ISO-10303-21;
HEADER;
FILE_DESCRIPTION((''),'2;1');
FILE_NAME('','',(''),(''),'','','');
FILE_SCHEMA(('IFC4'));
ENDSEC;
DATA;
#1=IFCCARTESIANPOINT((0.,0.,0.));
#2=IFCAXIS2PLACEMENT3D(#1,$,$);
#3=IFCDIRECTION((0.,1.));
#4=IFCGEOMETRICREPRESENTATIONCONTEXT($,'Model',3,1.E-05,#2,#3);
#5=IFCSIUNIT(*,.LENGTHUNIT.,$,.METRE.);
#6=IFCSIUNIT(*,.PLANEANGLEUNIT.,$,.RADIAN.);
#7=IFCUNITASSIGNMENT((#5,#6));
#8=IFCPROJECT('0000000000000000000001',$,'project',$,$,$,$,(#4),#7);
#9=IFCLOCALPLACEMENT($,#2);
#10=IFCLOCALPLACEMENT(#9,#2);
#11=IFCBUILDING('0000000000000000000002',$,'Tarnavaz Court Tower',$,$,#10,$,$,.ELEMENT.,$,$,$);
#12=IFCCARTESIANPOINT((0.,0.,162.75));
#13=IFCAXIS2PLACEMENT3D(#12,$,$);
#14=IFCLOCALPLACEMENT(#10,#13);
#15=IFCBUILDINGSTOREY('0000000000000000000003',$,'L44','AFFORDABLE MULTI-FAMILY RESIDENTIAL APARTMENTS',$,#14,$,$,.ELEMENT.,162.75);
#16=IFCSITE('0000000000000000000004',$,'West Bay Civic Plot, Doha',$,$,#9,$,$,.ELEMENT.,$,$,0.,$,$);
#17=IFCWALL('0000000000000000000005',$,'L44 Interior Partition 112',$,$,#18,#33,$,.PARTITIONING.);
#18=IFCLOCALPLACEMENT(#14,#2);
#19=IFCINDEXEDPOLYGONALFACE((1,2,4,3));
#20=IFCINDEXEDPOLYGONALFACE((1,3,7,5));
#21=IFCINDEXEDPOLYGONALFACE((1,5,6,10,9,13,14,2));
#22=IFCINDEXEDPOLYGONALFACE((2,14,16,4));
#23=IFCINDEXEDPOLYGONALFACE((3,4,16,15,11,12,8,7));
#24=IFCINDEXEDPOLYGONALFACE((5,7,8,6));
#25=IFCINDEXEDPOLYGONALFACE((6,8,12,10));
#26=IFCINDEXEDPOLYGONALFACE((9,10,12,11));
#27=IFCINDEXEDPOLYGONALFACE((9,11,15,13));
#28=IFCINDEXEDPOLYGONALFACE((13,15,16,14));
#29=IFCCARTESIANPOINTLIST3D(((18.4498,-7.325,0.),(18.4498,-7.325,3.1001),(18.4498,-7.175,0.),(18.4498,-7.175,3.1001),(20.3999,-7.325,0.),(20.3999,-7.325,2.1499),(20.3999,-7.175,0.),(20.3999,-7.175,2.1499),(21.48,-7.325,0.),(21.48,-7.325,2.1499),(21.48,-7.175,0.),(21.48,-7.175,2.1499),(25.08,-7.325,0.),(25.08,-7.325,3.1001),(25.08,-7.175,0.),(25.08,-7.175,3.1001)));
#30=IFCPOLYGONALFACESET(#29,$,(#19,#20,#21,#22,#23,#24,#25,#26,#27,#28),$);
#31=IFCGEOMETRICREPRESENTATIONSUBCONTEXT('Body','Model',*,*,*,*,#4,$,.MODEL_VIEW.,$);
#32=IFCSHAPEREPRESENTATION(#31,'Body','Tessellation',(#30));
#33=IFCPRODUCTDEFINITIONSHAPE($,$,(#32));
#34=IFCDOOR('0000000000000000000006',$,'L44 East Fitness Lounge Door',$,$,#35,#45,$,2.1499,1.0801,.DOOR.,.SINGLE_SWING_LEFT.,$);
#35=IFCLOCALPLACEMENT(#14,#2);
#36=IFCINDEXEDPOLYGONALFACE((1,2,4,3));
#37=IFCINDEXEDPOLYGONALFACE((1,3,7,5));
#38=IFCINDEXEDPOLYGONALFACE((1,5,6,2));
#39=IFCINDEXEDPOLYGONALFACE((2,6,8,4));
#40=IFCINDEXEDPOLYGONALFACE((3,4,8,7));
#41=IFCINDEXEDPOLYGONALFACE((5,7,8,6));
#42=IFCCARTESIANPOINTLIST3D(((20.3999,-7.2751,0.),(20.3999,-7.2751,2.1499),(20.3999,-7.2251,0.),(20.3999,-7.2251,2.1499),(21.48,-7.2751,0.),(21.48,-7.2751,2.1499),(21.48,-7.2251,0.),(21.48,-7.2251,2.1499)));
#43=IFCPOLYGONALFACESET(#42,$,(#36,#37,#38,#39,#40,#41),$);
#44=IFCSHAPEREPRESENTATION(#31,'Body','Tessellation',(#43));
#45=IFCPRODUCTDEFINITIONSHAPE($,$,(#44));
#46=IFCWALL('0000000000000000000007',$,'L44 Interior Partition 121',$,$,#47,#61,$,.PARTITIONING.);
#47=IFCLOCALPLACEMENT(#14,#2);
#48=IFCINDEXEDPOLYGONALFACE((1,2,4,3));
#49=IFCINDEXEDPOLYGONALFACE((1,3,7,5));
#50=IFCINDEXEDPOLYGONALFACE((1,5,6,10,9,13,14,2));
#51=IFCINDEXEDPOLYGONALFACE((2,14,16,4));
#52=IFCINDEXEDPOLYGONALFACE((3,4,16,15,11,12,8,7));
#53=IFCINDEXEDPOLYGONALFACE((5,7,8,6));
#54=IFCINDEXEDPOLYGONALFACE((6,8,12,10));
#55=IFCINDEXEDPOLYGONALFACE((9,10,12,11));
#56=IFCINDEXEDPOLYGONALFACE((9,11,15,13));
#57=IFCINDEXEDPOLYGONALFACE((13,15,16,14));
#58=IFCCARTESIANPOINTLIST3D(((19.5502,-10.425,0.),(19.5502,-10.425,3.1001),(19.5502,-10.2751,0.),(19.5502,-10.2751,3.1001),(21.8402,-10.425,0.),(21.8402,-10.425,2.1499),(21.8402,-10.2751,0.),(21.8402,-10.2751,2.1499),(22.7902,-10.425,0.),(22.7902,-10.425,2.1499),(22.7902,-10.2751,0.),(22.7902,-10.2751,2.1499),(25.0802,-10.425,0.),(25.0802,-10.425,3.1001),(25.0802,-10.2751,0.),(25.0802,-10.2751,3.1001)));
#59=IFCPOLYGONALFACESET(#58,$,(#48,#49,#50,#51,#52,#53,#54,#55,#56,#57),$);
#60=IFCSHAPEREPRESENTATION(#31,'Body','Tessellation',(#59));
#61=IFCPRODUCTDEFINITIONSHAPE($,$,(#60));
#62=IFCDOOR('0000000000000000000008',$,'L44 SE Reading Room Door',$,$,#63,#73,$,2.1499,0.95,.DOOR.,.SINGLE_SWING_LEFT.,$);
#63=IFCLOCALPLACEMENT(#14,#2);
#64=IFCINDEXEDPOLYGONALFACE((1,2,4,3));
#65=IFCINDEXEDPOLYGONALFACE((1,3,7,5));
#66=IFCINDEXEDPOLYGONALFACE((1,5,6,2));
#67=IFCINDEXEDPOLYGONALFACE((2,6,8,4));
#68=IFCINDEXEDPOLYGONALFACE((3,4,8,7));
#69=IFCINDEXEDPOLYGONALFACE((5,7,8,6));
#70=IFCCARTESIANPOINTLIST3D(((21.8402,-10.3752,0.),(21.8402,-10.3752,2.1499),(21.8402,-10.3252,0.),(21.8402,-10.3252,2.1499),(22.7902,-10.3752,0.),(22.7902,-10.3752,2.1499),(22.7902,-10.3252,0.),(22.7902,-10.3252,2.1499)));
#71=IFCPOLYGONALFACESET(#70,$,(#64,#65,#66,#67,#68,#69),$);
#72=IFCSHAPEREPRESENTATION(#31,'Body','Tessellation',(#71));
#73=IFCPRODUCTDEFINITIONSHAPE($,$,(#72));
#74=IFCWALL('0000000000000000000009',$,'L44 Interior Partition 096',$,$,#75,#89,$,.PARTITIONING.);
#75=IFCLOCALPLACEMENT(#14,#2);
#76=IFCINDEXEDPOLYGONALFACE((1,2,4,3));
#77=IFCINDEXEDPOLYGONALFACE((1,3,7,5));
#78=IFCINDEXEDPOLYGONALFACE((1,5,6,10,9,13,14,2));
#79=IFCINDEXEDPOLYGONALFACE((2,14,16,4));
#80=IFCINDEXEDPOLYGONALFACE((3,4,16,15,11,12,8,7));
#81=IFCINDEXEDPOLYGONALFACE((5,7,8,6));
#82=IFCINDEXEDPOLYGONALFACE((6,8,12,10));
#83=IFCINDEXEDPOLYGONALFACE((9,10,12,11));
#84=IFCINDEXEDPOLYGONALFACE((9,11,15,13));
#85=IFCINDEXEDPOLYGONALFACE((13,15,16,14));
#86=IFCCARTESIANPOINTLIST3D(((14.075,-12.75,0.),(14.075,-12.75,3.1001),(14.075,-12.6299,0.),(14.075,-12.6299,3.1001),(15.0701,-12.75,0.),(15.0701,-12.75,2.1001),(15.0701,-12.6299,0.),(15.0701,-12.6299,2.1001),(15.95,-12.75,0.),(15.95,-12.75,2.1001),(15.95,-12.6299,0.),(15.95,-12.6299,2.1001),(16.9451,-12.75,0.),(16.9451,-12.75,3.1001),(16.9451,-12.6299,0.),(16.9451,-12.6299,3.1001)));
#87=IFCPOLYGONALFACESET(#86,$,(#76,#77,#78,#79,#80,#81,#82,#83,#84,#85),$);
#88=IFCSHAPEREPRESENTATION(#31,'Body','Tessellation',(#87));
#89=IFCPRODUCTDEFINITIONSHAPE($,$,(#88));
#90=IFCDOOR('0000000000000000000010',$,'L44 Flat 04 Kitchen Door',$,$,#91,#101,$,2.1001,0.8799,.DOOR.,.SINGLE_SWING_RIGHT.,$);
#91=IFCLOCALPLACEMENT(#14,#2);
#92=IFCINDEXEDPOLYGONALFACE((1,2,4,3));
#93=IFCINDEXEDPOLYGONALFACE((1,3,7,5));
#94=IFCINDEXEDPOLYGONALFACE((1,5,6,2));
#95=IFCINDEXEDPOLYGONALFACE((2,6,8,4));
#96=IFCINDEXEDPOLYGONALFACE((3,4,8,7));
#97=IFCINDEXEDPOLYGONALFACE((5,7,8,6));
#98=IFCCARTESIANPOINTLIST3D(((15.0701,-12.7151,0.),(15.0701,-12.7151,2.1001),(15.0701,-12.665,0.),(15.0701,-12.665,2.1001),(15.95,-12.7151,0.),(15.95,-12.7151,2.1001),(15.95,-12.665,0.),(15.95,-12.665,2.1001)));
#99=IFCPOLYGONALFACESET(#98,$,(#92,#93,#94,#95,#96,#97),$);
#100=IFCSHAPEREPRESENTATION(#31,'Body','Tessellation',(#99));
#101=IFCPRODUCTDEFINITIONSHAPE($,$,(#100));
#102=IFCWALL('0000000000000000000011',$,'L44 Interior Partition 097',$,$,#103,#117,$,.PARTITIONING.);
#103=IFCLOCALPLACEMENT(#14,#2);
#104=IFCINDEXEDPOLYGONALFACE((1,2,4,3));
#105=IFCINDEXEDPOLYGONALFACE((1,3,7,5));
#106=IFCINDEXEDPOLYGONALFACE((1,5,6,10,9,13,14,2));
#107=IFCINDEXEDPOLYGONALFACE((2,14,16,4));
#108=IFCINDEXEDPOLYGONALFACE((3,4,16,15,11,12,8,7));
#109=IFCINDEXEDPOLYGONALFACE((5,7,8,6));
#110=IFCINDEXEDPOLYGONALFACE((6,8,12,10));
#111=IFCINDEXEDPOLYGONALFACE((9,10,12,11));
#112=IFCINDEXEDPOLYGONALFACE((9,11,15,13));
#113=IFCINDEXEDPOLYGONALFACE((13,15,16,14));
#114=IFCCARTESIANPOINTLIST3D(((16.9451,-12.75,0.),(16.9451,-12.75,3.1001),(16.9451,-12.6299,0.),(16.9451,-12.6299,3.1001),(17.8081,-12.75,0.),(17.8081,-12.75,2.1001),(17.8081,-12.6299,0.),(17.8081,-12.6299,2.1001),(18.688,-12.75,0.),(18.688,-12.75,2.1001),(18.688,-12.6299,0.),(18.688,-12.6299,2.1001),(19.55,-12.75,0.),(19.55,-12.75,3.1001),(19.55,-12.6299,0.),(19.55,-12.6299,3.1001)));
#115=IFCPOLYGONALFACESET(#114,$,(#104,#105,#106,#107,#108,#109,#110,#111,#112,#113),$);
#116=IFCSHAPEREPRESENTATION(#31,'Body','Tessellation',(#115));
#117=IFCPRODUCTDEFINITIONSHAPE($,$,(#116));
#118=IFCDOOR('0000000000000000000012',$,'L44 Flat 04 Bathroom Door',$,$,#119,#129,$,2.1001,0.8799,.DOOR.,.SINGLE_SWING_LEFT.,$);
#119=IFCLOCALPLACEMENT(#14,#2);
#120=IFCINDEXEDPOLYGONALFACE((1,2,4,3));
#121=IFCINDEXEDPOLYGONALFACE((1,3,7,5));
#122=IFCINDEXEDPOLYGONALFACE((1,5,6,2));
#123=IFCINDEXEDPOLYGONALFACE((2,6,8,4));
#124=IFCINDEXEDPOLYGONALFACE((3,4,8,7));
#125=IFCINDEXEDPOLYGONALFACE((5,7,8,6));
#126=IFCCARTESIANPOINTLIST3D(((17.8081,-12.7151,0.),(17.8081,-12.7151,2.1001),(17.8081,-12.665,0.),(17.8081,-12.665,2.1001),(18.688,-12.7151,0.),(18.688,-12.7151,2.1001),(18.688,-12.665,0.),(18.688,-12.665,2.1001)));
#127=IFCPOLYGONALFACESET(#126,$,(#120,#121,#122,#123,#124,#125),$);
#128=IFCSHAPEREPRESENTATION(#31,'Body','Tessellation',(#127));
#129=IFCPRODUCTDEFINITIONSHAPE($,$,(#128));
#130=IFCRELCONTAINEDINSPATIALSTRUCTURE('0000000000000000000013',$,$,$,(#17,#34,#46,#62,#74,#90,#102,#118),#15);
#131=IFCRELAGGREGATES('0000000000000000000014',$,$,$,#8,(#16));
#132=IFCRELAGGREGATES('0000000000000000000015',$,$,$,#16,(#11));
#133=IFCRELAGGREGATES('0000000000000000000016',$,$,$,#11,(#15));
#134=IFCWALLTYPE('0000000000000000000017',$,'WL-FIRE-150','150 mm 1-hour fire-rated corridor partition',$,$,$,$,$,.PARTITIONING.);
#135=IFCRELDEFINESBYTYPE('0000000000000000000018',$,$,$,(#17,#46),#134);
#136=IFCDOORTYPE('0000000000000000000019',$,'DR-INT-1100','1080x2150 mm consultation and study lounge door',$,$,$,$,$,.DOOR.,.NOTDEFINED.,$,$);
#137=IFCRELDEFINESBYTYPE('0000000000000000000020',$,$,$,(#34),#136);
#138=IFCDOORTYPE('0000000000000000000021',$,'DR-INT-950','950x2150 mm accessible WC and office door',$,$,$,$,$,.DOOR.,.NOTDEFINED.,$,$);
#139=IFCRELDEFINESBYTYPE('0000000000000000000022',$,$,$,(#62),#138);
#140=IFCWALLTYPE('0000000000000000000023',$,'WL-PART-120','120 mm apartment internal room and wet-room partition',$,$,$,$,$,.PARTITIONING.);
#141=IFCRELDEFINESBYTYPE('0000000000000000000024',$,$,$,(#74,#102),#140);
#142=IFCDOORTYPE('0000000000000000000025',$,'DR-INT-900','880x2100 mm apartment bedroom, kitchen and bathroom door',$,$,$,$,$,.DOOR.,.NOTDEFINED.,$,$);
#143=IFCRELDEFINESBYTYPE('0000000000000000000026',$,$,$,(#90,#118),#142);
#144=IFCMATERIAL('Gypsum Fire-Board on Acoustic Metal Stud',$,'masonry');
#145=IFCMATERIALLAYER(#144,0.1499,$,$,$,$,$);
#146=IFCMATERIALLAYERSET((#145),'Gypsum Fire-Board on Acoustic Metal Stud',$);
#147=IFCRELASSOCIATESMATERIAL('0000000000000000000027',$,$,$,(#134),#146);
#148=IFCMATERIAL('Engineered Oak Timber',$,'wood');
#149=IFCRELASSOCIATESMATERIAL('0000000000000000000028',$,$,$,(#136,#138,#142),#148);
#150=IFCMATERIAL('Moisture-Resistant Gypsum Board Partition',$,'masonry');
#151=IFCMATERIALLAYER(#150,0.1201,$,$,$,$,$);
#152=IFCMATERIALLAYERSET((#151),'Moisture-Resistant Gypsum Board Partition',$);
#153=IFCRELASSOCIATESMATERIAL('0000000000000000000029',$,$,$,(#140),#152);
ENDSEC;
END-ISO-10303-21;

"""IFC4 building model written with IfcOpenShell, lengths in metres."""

from ifc_helpers import new_model, si_unit, direction, frame, frame_2d, origin, place, context, subcontext, project, spatial, rectangle, extrude, material, layer, layer_set, type_object, element, fill, save


model = new_model("IFC4")

# Units and contexts
model_context = context("Model", 3, precision=1e-05, world=origin(), true_north=direction((0.0, 1.0)))
body_context = subcontext(model_context, "Body", "Model", "MODEL_VIEW")
ifc_project = project(units=[si_unit("LENGTHUNIT", "METRE"), si_unit("PLANEANGLEUNIT", "RADIAN")], contexts=[model_context])

# Site, building, storey
site_placement = place(None, origin())
site = spatial("IfcSite", under=ifc_project, at=site_placement, Name="West Bay Civic Plot, Doha", CompositionType="ELEMENT", RefElevation=0.0)
building_placement = place(site_placement, origin())
building = spatial("IfcBuilding", under=site, at=building_placement, Name="Tarnavaz Court Tower", CompositionType="ELEMENT")
storey_placement = place(building_placement, frame((0.0, 0.0, 162.75)))
storey = spatial("IfcBuildingStorey", under=building, at=storey_placement, Name="L44", Description="AFFORDABLE MULTI-FAMILY RESIDENTIAL APARTMENTS", CompositionType="ELEMENT", Elevation=162.75)

# Walls, openings, doors
ifc_material_1 = material(Name="Gypsum Fire-Board on Acoustic Metal Stud", Category="masonry")
ifc_layer_1 = layer(ifc_material_1, 0.1499)
ifc_layer_set_1 = layer_set([ifc_layer_1], Name="Gypsum Fire-Board on Acoustic Metal Stud")
wall_type_1 = type_object("IfcWallType", Name="WL-FIRE-150", Description="150 mm 1-hour fire-rated corridor partition", PredefinedType="PARTITIONING", material=ifc_layer_set_1)
wall_1_placement = place(storey_placement, frame((18.45, -7.25, 0.0), z_axis=(0.0, 0.0, 1.0), x_axis=(1.0, 0.0, 0.0)))
wall_1 = element("IfcWall", 1, at=wall_1_placement, inside=storey, type_object=wall_type_1, Name="L44 Interior Partition 112", PredefinedType="PARTITIONING", context=body_context, shape_type="SweptSolid", body=[
    extrude(rectangle(XDim=6.6301, YDim=0.1499, at=frame_2d((3.3149, 0.0))), origin(), (0.0, 0.0, 1.0), 3.1001),
])
opening_1_placement = place(wall_1_placement, frame((1.95, 0.0, 0.0)))
opening_1 = element("IfcOpeningElement", 2, at=opening_1_placement, cuts=wall_1, PredefinedType="OPENING", context=body_context, shape_type="SweptSolid", body=[
    extrude(rectangle(XDim=1.0801, YDim=2.1499, at=frame_2d((0.54, 1.075))), frame((0.0, 0.085, 0.0), z_axis=(0.0, -1.0, 0.0), x_axis=(1.0, 0.0, 0.0)), (0.0, 0.0, 1.0), 0.1699),
])
ifc_material_2 = material(Name="Engineered Oak Timber", Category="wood")
door_type_1 = type_object("IfcDoorType", Name="DR-INT-1100", Description="1080x2150 mm consultation and study lounge door", OperationType="NOTDEFINED", PredefinedType="DOOR", material=ifc_material_2)
door_1_placement = place(opening_1_placement, origin())
door_1 = element("IfcDoor", 3, at=door_1_placement, inside=storey, type_object=door_type_1, Name="L44 East Fitness Lounge Door", OperationType="SINGLE_SWING_LEFT", OverallHeight=2.1499, OverallWidth=1.0801, PredefinedType="DOOR", context=body_context, shape_type="SweptSolid", body=[
    extrude(rectangle(XDim=1.0801, YDim=2.1499, at=frame_2d((0.54, 1.075))), frame((0.0, 0.0249, 0.0), z_axis=(0.0, -1.0, 0.0), x_axis=(1.0, 0.0, 0.0)), (0.0, 0.0, 1.0), 0.05),
])
fill(opening_1, door_1)
wall_2_placement = place(storey_placement, frame((19.55, -10.3501, 0.0), z_axis=(0.0, 0.0, 1.0), x_axis=(1.0, 0.0, 0.0)))
wall_2 = element("IfcWall", 4, at=wall_2_placement, inside=storey, type_object=wall_type_1, Name="L44 Interior Partition 121", PredefinedType="PARTITIONING", context=body_context, shape_type="SweptSolid", body=[
    extrude(rectangle(XDim=5.53, YDim=0.1499, at=frame_2d((2.7651, 0.0))), origin(), (0.0, 0.0, 1.0), 3.1001),
])
opening_2_placement = place(wall_2_placement, frame((2.29, 0.0, 0.0)))
opening_2 = element("IfcOpeningElement", 5, at=opening_2_placement, cuts=wall_2, PredefinedType="OPENING", context=body_context, shape_type="SweptSolid", body=[
    extrude(rectangle(XDim=0.95, YDim=2.1499, at=frame_2d((0.4751, 1.075))), frame((0.0, 0.085, 0.0), z_axis=(0.0, -1.0, 0.0), x_axis=(1.0, 0.0, 0.0)), (0.0, 0.0, 1.0), 0.1699),
])
door_type_2 = type_object("IfcDoorType", Name="DR-INT-950", Description="950x2150 mm accessible WC and office door", OperationType="NOTDEFINED", PredefinedType="DOOR", material=ifc_material_2)
door_2_placement = place(opening_2_placement, origin())
door_2 = element("IfcDoor", 6, at=door_2_placement, inside=storey, type_object=door_type_2, Name="L44 SE Reading Room Door", OperationType="SINGLE_SWING_LEFT", OverallHeight=2.1499, OverallWidth=0.95, PredefinedType="DOOR", context=body_context, shape_type="SweptSolid", body=[
    extrude(rectangle(XDim=0.95, YDim=2.1499, at=frame_2d((0.4751, 1.075))), frame((0.0, 0.0249, 0.0), z_axis=(0.0, -1.0, 0.0), x_axis=(1.0, 0.0, 0.0)), (0.0, 0.0, 1.0), 0.05),
])
fill(opening_2, door_2)
ifc_material_3 = material(Name="Moisture-Resistant Gypsum Board Partition", Category="masonry")
ifc_layer_2 = layer(ifc_material_3, 0.1201)
ifc_layer_set_2 = layer_set([ifc_layer_2], Name="Moisture-Resistant Gypsum Board Partition")
wall_type_2 = type_object("IfcWallType", Name="WL-PART-120", Description="120 mm apartment internal room and wet-room partition", PredefinedType="PARTITIONING", material=ifc_layer_set_2)
wall_3_placement = place(storey_placement, frame((14.075, -12.6899, 0.0), z_axis=(0.0, 0.0, 1.0), x_axis=(1.0, 0.0, 0.0)))
wall_3 = element("IfcWall", 7, at=wall_3_placement, inside=storey, type_object=wall_type_2, Name="L44 Interior Partition 096", PredefinedType="PARTITIONING", context=body_context, shape_type="SweptSolid", body=[
    extrude(rectangle(XDim=2.8701, YDim=0.1201, at=frame_2d((1.4351, 0.0))), origin(), (0.0, 0.0, 1.0), 3.1001),
])
opening_3_placement = place(wall_3_placement, frame((0.9951, 0.0, 0.0)))
opening_3 = element("IfcOpeningElement", 8, at=opening_3_placement, cuts=wall_3, PredefinedType="OPENING", context=body_context, shape_type="SweptSolid", body=[
    extrude(rectangle(XDim=0.8799, YDim=2.1001, at=frame_2d((0.4399, 1.05))), frame((0.0, 0.0701, 0.0), z_axis=(0.0, -1.0, 0.0), x_axis=(1.0, 0.0, 0.0)), (0.0, 0.0, 1.0), 0.1401),
])
door_type_3 = type_object("IfcDoorType", Name="DR-INT-900", Description="880x2100 mm apartment bedroom, kitchen and bathroom door", OperationType="NOTDEFINED", PredefinedType="DOOR", material=ifc_material_2)
door_3_placement = place(opening_3_placement, origin())
door_3 = element("IfcDoor", 9, at=door_3_placement, inside=storey, type_object=door_type_3, Name="L44 Flat 04 Kitchen Door", OperationType="SINGLE_SWING_RIGHT", OverallHeight=2.1001, OverallWidth=0.8799, PredefinedType="DOOR", context=body_context, shape_type="SweptSolid", body=[
    extrude(rectangle(XDim=0.8799, YDim=2.1001, at=frame_2d((0.4399, 1.05))), frame((0.0, 0.0249, 0.0), z_axis=(0.0, -1.0, 0.0), x_axis=(1.0, 0.0, 0.0)), (0.0, 0.0, 1.0), 0.05),
])
fill(opening_3, door_3)
wall_4_placement = place(storey_placement, frame((16.9451, -12.6899, 0.0), z_axis=(0.0, 0.0, 1.0), x_axis=(1.0, 0.0, 0.0)))
wall_4 = element("IfcWall", 10, at=wall_4_placement, inside=storey, type_object=wall_type_2, Name="L44 Interior Partition 097", PredefinedType="PARTITIONING", context=body_context, shape_type="SweptSolid", body=[
    extrude(rectangle(XDim=2.605, YDim=0.1201, at=frame_2d((1.3025, 0.0))), origin(), (0.0, 0.0, 1.0), 3.1001),
])
opening_4_placement = place(wall_4_placement, frame((0.863, 0.0, 0.0)))
opening_4 = element("IfcOpeningElement", 11, at=opening_4_placement, cuts=wall_4, PredefinedType="OPENING", context=body_context, shape_type="SweptSolid", body=[
    extrude(rectangle(XDim=0.8799, YDim=2.1001, at=frame_2d((0.4399, 1.05))), frame((0.0, 0.0701, 0.0), z_axis=(0.0, -1.0, 0.0), x_axis=(1.0, 0.0, 0.0)), (0.0, 0.0, 1.0), 0.1401),
])
door_4_placement = place(opening_4_placement, origin())
door_4 = element("IfcDoor", 12, at=door_4_placement, inside=storey, type_object=door_type_3, Name="L44 Flat 04 Bathroom Door", OperationType="SINGLE_SWING_LEFT", OverallHeight=2.1001, OverallWidth=0.8799, PredefinedType="DOOR", context=body_context, shape_type="SweptSolid", body=[
    extrude(rectangle(XDim=0.8799, YDim=2.1001, at=frame_2d((0.4399, 1.05))), frame((0.0, 0.0249, 0.0), z_axis=(0.0, -1.0, 0.0), x_axis=(1.0, 0.0, 0.0)), (0.0, 0.0, 1.0), 0.05),
])
fill(opening_4, door_4)

save(model, "model.ifc")
